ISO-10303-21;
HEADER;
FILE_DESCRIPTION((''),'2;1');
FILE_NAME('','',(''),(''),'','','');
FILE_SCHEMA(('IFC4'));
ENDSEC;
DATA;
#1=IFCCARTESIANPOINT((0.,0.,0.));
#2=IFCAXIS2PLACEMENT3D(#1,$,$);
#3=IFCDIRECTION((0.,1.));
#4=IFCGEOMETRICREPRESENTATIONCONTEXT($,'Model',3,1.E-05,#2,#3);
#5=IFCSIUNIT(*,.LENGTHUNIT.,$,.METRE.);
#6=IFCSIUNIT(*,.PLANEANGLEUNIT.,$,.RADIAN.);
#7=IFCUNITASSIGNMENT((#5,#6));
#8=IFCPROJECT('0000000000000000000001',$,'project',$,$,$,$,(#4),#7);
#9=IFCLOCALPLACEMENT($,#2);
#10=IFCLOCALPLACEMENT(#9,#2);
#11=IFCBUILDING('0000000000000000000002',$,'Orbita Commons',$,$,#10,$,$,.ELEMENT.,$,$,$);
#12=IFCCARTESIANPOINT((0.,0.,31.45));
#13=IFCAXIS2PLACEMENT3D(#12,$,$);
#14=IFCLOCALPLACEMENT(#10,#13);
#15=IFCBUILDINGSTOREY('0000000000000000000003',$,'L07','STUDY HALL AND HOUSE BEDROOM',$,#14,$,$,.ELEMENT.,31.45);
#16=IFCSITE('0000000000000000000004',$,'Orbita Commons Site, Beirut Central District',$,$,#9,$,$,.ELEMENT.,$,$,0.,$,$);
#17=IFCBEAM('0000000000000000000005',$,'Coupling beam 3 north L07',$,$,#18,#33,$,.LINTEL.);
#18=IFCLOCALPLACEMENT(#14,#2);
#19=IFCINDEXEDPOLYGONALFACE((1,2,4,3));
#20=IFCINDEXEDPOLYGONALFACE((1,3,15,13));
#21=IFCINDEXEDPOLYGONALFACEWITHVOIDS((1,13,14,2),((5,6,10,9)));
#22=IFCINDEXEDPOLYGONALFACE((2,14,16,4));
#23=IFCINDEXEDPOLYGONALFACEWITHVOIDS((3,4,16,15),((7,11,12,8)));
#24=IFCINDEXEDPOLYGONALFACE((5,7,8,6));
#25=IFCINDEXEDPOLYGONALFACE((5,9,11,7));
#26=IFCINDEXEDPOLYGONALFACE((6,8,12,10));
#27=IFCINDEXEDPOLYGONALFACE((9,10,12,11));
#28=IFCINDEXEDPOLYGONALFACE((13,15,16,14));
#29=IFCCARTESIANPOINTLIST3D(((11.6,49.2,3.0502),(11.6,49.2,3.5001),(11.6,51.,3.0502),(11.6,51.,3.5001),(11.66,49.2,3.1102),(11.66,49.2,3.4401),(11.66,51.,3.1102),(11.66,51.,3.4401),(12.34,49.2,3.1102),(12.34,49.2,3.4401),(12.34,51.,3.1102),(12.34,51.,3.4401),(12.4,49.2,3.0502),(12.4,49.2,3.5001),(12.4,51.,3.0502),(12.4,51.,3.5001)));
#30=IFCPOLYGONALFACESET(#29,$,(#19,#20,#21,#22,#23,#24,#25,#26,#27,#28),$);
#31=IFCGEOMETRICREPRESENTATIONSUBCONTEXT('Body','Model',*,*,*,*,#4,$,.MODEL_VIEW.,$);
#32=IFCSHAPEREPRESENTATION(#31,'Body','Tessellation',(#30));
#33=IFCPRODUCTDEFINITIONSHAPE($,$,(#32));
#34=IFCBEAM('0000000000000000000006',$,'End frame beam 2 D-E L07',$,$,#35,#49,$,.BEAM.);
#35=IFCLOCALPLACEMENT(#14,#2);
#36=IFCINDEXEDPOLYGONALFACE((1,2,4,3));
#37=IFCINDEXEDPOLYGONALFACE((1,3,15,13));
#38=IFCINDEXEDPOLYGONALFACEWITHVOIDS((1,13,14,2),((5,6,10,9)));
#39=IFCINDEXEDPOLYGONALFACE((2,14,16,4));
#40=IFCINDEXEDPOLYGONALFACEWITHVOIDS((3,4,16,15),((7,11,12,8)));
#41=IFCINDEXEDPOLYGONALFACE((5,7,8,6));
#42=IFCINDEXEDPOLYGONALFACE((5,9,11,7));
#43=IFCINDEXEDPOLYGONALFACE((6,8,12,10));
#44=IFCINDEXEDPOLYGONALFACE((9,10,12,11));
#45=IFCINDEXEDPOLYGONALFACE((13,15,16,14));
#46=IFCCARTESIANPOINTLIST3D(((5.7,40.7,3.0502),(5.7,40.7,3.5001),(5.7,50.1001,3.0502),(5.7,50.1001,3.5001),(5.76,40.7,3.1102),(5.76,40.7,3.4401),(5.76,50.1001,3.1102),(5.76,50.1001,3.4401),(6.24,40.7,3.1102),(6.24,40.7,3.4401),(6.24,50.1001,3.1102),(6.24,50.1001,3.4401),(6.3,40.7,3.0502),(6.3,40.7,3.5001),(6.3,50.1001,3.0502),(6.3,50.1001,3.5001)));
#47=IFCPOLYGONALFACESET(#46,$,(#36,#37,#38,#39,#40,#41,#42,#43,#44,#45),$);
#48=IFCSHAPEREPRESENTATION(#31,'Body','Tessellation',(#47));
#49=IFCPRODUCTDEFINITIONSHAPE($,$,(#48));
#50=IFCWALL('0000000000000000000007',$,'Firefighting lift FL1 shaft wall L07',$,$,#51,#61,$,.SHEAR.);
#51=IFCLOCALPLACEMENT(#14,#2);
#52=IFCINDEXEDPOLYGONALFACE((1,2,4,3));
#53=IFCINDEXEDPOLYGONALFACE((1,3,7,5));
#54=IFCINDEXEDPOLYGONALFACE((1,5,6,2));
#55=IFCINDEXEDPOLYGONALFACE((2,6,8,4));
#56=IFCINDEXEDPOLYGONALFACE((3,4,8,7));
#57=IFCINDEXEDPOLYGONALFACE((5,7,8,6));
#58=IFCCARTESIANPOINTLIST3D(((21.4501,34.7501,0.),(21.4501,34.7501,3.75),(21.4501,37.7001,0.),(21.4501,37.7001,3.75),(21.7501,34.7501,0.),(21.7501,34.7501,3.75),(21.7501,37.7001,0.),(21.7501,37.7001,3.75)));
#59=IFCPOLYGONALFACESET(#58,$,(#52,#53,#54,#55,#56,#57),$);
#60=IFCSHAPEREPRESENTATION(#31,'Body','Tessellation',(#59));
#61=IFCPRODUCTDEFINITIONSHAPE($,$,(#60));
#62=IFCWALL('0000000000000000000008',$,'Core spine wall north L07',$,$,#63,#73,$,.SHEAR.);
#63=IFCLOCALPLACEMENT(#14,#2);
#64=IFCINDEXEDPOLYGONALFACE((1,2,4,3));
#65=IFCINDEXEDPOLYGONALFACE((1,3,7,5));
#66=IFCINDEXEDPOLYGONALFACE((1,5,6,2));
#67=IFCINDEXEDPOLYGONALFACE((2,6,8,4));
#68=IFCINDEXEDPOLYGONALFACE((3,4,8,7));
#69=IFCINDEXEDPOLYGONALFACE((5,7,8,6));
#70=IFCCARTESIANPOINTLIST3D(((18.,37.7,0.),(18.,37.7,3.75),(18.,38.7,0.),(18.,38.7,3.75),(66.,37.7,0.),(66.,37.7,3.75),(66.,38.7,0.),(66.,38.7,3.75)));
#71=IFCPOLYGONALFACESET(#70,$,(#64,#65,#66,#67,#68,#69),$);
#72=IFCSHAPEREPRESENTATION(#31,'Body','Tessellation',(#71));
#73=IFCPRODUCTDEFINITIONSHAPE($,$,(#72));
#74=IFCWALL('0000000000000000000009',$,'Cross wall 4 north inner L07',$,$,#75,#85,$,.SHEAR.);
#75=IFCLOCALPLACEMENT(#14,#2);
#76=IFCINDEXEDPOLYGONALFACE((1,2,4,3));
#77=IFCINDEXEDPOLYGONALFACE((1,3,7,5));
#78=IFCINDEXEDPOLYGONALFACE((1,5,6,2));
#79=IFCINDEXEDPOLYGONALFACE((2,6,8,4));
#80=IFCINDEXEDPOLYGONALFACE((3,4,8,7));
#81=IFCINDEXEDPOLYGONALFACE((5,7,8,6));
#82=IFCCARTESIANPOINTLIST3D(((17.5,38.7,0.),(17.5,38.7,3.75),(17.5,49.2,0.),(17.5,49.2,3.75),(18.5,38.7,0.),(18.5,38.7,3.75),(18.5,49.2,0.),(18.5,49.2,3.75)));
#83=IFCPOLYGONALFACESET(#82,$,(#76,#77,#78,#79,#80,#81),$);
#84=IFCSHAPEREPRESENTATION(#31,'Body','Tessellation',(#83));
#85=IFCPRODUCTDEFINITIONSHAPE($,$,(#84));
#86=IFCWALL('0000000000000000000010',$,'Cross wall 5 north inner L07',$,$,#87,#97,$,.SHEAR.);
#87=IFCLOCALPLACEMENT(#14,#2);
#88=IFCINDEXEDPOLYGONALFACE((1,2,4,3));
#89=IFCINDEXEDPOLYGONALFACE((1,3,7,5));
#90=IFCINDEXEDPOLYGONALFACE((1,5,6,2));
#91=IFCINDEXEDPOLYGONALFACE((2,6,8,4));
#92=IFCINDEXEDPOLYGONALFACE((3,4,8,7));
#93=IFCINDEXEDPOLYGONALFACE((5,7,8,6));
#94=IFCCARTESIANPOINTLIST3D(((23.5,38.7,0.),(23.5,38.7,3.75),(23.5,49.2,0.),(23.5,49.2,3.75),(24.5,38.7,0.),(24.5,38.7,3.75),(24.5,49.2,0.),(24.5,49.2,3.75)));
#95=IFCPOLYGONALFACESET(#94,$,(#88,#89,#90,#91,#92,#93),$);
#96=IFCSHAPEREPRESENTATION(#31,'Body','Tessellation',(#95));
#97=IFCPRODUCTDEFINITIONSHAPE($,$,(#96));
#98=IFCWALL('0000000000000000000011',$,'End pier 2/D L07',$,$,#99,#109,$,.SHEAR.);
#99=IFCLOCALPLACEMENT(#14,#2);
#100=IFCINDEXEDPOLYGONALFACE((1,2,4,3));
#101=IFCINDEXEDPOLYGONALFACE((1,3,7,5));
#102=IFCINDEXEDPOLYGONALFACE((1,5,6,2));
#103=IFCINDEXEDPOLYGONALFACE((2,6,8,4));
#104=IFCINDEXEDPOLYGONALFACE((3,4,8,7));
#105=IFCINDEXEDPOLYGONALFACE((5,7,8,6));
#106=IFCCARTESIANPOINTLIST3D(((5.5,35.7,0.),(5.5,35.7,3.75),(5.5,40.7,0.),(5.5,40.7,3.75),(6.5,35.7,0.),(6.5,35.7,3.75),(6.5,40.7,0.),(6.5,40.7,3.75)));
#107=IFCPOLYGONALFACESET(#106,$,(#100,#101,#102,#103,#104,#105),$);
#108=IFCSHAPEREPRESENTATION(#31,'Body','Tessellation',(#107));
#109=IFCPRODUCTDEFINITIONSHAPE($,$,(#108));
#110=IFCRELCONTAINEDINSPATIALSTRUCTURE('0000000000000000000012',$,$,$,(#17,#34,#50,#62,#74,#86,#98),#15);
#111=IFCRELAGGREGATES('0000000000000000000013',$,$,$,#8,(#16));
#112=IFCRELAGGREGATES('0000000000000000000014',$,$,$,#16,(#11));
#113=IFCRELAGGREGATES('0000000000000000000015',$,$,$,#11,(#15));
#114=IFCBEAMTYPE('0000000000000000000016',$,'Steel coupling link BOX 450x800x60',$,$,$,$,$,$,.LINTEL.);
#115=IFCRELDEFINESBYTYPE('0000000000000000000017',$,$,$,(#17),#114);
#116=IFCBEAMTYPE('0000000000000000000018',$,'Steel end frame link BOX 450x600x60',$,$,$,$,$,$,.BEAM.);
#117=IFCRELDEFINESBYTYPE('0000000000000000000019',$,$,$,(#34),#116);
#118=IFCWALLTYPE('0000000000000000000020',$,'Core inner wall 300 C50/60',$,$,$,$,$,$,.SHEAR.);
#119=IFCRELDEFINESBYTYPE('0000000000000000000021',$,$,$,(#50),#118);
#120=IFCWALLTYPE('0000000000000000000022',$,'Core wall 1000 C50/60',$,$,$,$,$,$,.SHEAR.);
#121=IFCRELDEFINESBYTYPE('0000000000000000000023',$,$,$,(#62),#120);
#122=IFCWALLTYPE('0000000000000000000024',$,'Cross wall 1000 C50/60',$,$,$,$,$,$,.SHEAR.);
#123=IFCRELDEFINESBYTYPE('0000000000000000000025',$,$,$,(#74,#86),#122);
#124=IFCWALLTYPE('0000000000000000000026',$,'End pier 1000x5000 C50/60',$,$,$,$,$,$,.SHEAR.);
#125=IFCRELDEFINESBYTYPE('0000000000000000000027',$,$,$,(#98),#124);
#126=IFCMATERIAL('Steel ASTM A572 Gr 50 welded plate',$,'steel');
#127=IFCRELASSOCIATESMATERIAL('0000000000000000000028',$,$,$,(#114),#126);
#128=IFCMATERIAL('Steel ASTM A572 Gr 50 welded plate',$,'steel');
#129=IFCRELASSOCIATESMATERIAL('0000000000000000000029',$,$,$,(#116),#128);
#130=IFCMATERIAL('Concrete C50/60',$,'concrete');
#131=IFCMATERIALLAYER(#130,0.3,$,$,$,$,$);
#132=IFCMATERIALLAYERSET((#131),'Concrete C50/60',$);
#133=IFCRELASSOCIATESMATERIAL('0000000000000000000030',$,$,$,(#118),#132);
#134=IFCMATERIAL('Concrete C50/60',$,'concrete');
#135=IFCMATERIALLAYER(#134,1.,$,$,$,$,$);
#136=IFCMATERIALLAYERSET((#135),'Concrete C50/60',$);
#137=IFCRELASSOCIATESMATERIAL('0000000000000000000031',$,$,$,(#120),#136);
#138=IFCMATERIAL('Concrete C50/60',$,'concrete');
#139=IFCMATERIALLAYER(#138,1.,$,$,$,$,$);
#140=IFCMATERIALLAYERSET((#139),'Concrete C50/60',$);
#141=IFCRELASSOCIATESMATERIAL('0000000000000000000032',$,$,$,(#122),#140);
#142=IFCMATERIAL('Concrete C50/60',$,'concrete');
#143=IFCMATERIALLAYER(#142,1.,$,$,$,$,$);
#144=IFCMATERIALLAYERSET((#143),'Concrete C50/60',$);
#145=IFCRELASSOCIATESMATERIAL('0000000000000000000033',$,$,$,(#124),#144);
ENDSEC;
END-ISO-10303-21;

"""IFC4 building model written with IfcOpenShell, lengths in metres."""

from ifc_helpers import new_model, si_unit, direction, frame, frame_2d, origin, origin_2d, place, context, subcontext, project, spatial, rectangle, hollow_rectangle, extrude, material, layer, layer_set, material_profile, profile_set, type_object, element, save


model = new_model("IFC4")

# Units and contexts
model_context = context("Model", 3, precision=1e-05, world=origin(), true_north=direction((0.0, 1.0)))
body_context = subcontext(model_context, "Body", "Model", "MODEL_VIEW")
ifc_project = project(units=[si_unit("LENGTHUNIT", "METRE"), si_unit("PLANEANGLEUNIT", "RADIAN")], contexts=[model_context])

# Site, building, storey
site_placement = place(None, origin())
site = spatial("IfcSite", under=ifc_project, at=site_placement, Name="Orbita Commons Site, Beirut Central District", CompositionType="ELEMENT", RefElevation=0.0)
building_placement = place(site_placement, origin())
building = spatial("IfcBuilding", under=site, at=building_placement, Name="Orbita Commons", CompositionType="ELEMENT")
storey_placement = place(building_placement, frame((0.0, 0.0, 31.45)))
storey = spatial("IfcBuildingStorey", under=building, at=storey_placement, Name="L07", Description="STUDY HALL AND HOUSE BEDROOM", CompositionType="ELEMENT", Elevation=31.45)

# Beams
ifc_material_1 = material(Name="Steel ASTM A572 Gr 50 welded plate", Category="steel")
ifc_material_profile_1 = material_profile(ifc_material_1, hollow_rectangle(XDim=0.8, YDim=0.45, WallThickness=0.0601, at=origin_2d()), Name="BOX 450x800x60")
ifc_profile_set_1 = profile_set([ifc_material_profile_1], Name="Steel ASTM A572 Gr 50 welded plate")
beam_type_1 = type_object("IfcBeamType", Name="Steel coupling link BOX 450x800x60", PredefinedType="LINTEL", material=ifc_profile_set_1)
beam_1_placement = place(storey_placement, frame((12.0, 49.2, 3.2751), z_axis=(0.0, 1.0, 0.0), x_axis=(-1.0, 0.0, 0.0)))
element("IfcBeam", 1, at=beam_1_placement, inside=storey, type_object=beam_type_1, Name="Coupling beam 3 north L07", PredefinedType="LINTEL", context=body_context, shape_type="SweptSolid", body=[
    extrude(hollow_rectangle(XDim=0.8, YDim=0.45, WallThickness=0.0601, at=origin_2d()), origin(), (0.0, 0.0, 1.0), 1.8),
])
ifc_material_2 = material(Name="Steel ASTM A572 Gr 50 welded plate", Category="steel")
ifc_material_profile_2 = material_profile(ifc_material_2, hollow_rectangle(XDim=0.6001, YDim=0.45, WallThickness=0.0601, at=origin_2d()), Name="BOX 450x600x60")
ifc_profile_set_2 = profile_set([ifc_material_profile_2], Name="Steel ASTM A572 Gr 50 welded plate")
beam_type_2 = type_object("IfcBeamType", Name="Steel end frame link BOX 450x600x60", PredefinedType="BEAM", material=ifc_profile_set_2)
beam_2_placement = place(storey_placement, frame((6.0, 40.7, 3.2751), z_axis=(0.0, 1.0, 0.0), x_axis=(-1.0, 0.0, 0.0)))
element("IfcBeam", 2, at=beam_2_placement, inside=storey, type_object=beam_type_2, Name="End frame beam 2 D-E L07", PredefinedType="BEAM", context=body_context, shape_type="SweptSolid", body=[
    extrude(hollow_rectangle(XDim=0.6001, YDim=0.45, WallThickness=0.0601, at=origin_2d()), origin(), (0.0, 0.0, 1.0), 9.4001),
])

# Walls
ifc_material_3 = material(Name="Concrete C50/60", Category="concrete")
ifc_layer_1 = layer(ifc_material_3, 0.3)
ifc_layer_set_1 = layer_set([ifc_layer_1], Name="Concrete C50/60")
wall_type_1 = type_object("IfcWallType", Name="Core inner wall 300 C50/60", PredefinedType="SHEAR", material=ifc_layer_set_1)
wall_1_placement = place(storey_placement, frame((21.6001, 34.75, 0.0), z_axis=(0.0, 0.0, 1.0), x_axis=(0.0, 1.0, 0.0)))
element("IfcWall", 3, at=wall_1_placement, inside=storey, type_object=wall_type_1, Name="Firefighting lift FL1 shaft wall L07", PredefinedType="SHEAR", context=body_context, shape_type="SweptSolid", body=[
    extrude(rectangle(XDim=2.95, YDim=0.3, at=frame_2d((1.4751, 0.0))), origin(), (0.0, 0.0, 1.0), 3.75),
])
ifc_material_4 = material(Name="Concrete C50/60", Category="concrete")
ifc_layer_2 = layer(ifc_material_4, 1.0)
ifc_layer_set_2 = layer_set([ifc_layer_2], Name="Concrete C50/60")
wall_type_2 = type_object("IfcWallType", Name="Core wall 1000 C50/60", PredefinedType="SHEAR", material=ifc_layer_set_2)
wall_2_placement = place(storey_placement, frame((18.0, 38.2, 0.0), z_axis=(0.0, 0.0, 1.0), x_axis=(1.0, 0.0, 0.0)))
element("IfcWall", 4, at=wall_2_placement, inside=storey, type_object=wall_type_2, Name="Core spine wall north L07", PredefinedType="SHEAR", context=body_context, shape_type="SweptSolid", body=[
    extrude(rectangle(XDim=48.0, YDim=1.0, at=frame_2d((24.0, 0.0))), origin(), (0.0, 0.0, 1.0), 3.75),
])
ifc_material_5 = material(Name="Concrete C50/60", Category="concrete")
ifc_layer_3 = layer(ifc_material_5, 1.0)
ifc_layer_set_3 = layer_set([ifc_layer_3], Name="Concrete C50/60")
wall_type_3 = type_object("IfcWallType", Name="Cross wall 1000 C50/60", PredefinedType="SHEAR", material=ifc_layer_set_3)
for number, where, z_axis, x_axis, name in (
    (5, (18.0, 38.7, 0.0), (0.0, 0.0, 1.0), (0.0, 1.0, 0.0), "Cross wall 4 north inner L07"),
    (6, (24.0, 38.7, 0.0), (0.0, 0.0, 1.0), (0.0, 1.0, 0.0), "Cross wall 5 north inner L07"),
):
    element("IfcWall", number, at=place(storey_placement, frame(where, z_axis=z_axis, x_axis=x_axis)), inside=storey, type_object=wall_type_3, Name=name, PredefinedType="SHEAR", context=body_context, shape_type="SweptSolid", body=[
        extrude(rectangle(XDim=10.5, YDim=1.0, at=frame_2d((5.25, 0.0))), origin(), (0.0, 0.0, 1.0), 3.75),
    ])
ifc_material_6 = material(Name="Concrete C50/60", Category="concrete")
ifc_layer_4 = layer(ifc_material_6, 1.0)
ifc_layer_set_4 = layer_set([ifc_layer_4], Name="Concrete C50/60")
wall_type_4 = type_object("IfcWallType", Name="End pier 1000x5000 C50/60", PredefinedType="SHEAR", material=ifc_layer_set_4)
wall_3_placement = place(storey_placement, frame((6.0, 35.7, 0.0), z_axis=(0.0, 0.0, 1.0), x_axis=(0.0, 1.0, 0.0)))
element("IfcWall", 7, at=wall_3_placement, inside=storey, type_object=wall_type_4, Name="End pier 2/D L07", PredefinedType="SHEAR", context=body_context, shape_type="SweptSolid", body=[
    extrude(rectangle(XDim=5.0, YDim=1.0, at=frame_2d((2.5, 0.0))), origin(), (0.0, 0.0, 1.0), 3.75),
])

save(model, "model.ifc")
